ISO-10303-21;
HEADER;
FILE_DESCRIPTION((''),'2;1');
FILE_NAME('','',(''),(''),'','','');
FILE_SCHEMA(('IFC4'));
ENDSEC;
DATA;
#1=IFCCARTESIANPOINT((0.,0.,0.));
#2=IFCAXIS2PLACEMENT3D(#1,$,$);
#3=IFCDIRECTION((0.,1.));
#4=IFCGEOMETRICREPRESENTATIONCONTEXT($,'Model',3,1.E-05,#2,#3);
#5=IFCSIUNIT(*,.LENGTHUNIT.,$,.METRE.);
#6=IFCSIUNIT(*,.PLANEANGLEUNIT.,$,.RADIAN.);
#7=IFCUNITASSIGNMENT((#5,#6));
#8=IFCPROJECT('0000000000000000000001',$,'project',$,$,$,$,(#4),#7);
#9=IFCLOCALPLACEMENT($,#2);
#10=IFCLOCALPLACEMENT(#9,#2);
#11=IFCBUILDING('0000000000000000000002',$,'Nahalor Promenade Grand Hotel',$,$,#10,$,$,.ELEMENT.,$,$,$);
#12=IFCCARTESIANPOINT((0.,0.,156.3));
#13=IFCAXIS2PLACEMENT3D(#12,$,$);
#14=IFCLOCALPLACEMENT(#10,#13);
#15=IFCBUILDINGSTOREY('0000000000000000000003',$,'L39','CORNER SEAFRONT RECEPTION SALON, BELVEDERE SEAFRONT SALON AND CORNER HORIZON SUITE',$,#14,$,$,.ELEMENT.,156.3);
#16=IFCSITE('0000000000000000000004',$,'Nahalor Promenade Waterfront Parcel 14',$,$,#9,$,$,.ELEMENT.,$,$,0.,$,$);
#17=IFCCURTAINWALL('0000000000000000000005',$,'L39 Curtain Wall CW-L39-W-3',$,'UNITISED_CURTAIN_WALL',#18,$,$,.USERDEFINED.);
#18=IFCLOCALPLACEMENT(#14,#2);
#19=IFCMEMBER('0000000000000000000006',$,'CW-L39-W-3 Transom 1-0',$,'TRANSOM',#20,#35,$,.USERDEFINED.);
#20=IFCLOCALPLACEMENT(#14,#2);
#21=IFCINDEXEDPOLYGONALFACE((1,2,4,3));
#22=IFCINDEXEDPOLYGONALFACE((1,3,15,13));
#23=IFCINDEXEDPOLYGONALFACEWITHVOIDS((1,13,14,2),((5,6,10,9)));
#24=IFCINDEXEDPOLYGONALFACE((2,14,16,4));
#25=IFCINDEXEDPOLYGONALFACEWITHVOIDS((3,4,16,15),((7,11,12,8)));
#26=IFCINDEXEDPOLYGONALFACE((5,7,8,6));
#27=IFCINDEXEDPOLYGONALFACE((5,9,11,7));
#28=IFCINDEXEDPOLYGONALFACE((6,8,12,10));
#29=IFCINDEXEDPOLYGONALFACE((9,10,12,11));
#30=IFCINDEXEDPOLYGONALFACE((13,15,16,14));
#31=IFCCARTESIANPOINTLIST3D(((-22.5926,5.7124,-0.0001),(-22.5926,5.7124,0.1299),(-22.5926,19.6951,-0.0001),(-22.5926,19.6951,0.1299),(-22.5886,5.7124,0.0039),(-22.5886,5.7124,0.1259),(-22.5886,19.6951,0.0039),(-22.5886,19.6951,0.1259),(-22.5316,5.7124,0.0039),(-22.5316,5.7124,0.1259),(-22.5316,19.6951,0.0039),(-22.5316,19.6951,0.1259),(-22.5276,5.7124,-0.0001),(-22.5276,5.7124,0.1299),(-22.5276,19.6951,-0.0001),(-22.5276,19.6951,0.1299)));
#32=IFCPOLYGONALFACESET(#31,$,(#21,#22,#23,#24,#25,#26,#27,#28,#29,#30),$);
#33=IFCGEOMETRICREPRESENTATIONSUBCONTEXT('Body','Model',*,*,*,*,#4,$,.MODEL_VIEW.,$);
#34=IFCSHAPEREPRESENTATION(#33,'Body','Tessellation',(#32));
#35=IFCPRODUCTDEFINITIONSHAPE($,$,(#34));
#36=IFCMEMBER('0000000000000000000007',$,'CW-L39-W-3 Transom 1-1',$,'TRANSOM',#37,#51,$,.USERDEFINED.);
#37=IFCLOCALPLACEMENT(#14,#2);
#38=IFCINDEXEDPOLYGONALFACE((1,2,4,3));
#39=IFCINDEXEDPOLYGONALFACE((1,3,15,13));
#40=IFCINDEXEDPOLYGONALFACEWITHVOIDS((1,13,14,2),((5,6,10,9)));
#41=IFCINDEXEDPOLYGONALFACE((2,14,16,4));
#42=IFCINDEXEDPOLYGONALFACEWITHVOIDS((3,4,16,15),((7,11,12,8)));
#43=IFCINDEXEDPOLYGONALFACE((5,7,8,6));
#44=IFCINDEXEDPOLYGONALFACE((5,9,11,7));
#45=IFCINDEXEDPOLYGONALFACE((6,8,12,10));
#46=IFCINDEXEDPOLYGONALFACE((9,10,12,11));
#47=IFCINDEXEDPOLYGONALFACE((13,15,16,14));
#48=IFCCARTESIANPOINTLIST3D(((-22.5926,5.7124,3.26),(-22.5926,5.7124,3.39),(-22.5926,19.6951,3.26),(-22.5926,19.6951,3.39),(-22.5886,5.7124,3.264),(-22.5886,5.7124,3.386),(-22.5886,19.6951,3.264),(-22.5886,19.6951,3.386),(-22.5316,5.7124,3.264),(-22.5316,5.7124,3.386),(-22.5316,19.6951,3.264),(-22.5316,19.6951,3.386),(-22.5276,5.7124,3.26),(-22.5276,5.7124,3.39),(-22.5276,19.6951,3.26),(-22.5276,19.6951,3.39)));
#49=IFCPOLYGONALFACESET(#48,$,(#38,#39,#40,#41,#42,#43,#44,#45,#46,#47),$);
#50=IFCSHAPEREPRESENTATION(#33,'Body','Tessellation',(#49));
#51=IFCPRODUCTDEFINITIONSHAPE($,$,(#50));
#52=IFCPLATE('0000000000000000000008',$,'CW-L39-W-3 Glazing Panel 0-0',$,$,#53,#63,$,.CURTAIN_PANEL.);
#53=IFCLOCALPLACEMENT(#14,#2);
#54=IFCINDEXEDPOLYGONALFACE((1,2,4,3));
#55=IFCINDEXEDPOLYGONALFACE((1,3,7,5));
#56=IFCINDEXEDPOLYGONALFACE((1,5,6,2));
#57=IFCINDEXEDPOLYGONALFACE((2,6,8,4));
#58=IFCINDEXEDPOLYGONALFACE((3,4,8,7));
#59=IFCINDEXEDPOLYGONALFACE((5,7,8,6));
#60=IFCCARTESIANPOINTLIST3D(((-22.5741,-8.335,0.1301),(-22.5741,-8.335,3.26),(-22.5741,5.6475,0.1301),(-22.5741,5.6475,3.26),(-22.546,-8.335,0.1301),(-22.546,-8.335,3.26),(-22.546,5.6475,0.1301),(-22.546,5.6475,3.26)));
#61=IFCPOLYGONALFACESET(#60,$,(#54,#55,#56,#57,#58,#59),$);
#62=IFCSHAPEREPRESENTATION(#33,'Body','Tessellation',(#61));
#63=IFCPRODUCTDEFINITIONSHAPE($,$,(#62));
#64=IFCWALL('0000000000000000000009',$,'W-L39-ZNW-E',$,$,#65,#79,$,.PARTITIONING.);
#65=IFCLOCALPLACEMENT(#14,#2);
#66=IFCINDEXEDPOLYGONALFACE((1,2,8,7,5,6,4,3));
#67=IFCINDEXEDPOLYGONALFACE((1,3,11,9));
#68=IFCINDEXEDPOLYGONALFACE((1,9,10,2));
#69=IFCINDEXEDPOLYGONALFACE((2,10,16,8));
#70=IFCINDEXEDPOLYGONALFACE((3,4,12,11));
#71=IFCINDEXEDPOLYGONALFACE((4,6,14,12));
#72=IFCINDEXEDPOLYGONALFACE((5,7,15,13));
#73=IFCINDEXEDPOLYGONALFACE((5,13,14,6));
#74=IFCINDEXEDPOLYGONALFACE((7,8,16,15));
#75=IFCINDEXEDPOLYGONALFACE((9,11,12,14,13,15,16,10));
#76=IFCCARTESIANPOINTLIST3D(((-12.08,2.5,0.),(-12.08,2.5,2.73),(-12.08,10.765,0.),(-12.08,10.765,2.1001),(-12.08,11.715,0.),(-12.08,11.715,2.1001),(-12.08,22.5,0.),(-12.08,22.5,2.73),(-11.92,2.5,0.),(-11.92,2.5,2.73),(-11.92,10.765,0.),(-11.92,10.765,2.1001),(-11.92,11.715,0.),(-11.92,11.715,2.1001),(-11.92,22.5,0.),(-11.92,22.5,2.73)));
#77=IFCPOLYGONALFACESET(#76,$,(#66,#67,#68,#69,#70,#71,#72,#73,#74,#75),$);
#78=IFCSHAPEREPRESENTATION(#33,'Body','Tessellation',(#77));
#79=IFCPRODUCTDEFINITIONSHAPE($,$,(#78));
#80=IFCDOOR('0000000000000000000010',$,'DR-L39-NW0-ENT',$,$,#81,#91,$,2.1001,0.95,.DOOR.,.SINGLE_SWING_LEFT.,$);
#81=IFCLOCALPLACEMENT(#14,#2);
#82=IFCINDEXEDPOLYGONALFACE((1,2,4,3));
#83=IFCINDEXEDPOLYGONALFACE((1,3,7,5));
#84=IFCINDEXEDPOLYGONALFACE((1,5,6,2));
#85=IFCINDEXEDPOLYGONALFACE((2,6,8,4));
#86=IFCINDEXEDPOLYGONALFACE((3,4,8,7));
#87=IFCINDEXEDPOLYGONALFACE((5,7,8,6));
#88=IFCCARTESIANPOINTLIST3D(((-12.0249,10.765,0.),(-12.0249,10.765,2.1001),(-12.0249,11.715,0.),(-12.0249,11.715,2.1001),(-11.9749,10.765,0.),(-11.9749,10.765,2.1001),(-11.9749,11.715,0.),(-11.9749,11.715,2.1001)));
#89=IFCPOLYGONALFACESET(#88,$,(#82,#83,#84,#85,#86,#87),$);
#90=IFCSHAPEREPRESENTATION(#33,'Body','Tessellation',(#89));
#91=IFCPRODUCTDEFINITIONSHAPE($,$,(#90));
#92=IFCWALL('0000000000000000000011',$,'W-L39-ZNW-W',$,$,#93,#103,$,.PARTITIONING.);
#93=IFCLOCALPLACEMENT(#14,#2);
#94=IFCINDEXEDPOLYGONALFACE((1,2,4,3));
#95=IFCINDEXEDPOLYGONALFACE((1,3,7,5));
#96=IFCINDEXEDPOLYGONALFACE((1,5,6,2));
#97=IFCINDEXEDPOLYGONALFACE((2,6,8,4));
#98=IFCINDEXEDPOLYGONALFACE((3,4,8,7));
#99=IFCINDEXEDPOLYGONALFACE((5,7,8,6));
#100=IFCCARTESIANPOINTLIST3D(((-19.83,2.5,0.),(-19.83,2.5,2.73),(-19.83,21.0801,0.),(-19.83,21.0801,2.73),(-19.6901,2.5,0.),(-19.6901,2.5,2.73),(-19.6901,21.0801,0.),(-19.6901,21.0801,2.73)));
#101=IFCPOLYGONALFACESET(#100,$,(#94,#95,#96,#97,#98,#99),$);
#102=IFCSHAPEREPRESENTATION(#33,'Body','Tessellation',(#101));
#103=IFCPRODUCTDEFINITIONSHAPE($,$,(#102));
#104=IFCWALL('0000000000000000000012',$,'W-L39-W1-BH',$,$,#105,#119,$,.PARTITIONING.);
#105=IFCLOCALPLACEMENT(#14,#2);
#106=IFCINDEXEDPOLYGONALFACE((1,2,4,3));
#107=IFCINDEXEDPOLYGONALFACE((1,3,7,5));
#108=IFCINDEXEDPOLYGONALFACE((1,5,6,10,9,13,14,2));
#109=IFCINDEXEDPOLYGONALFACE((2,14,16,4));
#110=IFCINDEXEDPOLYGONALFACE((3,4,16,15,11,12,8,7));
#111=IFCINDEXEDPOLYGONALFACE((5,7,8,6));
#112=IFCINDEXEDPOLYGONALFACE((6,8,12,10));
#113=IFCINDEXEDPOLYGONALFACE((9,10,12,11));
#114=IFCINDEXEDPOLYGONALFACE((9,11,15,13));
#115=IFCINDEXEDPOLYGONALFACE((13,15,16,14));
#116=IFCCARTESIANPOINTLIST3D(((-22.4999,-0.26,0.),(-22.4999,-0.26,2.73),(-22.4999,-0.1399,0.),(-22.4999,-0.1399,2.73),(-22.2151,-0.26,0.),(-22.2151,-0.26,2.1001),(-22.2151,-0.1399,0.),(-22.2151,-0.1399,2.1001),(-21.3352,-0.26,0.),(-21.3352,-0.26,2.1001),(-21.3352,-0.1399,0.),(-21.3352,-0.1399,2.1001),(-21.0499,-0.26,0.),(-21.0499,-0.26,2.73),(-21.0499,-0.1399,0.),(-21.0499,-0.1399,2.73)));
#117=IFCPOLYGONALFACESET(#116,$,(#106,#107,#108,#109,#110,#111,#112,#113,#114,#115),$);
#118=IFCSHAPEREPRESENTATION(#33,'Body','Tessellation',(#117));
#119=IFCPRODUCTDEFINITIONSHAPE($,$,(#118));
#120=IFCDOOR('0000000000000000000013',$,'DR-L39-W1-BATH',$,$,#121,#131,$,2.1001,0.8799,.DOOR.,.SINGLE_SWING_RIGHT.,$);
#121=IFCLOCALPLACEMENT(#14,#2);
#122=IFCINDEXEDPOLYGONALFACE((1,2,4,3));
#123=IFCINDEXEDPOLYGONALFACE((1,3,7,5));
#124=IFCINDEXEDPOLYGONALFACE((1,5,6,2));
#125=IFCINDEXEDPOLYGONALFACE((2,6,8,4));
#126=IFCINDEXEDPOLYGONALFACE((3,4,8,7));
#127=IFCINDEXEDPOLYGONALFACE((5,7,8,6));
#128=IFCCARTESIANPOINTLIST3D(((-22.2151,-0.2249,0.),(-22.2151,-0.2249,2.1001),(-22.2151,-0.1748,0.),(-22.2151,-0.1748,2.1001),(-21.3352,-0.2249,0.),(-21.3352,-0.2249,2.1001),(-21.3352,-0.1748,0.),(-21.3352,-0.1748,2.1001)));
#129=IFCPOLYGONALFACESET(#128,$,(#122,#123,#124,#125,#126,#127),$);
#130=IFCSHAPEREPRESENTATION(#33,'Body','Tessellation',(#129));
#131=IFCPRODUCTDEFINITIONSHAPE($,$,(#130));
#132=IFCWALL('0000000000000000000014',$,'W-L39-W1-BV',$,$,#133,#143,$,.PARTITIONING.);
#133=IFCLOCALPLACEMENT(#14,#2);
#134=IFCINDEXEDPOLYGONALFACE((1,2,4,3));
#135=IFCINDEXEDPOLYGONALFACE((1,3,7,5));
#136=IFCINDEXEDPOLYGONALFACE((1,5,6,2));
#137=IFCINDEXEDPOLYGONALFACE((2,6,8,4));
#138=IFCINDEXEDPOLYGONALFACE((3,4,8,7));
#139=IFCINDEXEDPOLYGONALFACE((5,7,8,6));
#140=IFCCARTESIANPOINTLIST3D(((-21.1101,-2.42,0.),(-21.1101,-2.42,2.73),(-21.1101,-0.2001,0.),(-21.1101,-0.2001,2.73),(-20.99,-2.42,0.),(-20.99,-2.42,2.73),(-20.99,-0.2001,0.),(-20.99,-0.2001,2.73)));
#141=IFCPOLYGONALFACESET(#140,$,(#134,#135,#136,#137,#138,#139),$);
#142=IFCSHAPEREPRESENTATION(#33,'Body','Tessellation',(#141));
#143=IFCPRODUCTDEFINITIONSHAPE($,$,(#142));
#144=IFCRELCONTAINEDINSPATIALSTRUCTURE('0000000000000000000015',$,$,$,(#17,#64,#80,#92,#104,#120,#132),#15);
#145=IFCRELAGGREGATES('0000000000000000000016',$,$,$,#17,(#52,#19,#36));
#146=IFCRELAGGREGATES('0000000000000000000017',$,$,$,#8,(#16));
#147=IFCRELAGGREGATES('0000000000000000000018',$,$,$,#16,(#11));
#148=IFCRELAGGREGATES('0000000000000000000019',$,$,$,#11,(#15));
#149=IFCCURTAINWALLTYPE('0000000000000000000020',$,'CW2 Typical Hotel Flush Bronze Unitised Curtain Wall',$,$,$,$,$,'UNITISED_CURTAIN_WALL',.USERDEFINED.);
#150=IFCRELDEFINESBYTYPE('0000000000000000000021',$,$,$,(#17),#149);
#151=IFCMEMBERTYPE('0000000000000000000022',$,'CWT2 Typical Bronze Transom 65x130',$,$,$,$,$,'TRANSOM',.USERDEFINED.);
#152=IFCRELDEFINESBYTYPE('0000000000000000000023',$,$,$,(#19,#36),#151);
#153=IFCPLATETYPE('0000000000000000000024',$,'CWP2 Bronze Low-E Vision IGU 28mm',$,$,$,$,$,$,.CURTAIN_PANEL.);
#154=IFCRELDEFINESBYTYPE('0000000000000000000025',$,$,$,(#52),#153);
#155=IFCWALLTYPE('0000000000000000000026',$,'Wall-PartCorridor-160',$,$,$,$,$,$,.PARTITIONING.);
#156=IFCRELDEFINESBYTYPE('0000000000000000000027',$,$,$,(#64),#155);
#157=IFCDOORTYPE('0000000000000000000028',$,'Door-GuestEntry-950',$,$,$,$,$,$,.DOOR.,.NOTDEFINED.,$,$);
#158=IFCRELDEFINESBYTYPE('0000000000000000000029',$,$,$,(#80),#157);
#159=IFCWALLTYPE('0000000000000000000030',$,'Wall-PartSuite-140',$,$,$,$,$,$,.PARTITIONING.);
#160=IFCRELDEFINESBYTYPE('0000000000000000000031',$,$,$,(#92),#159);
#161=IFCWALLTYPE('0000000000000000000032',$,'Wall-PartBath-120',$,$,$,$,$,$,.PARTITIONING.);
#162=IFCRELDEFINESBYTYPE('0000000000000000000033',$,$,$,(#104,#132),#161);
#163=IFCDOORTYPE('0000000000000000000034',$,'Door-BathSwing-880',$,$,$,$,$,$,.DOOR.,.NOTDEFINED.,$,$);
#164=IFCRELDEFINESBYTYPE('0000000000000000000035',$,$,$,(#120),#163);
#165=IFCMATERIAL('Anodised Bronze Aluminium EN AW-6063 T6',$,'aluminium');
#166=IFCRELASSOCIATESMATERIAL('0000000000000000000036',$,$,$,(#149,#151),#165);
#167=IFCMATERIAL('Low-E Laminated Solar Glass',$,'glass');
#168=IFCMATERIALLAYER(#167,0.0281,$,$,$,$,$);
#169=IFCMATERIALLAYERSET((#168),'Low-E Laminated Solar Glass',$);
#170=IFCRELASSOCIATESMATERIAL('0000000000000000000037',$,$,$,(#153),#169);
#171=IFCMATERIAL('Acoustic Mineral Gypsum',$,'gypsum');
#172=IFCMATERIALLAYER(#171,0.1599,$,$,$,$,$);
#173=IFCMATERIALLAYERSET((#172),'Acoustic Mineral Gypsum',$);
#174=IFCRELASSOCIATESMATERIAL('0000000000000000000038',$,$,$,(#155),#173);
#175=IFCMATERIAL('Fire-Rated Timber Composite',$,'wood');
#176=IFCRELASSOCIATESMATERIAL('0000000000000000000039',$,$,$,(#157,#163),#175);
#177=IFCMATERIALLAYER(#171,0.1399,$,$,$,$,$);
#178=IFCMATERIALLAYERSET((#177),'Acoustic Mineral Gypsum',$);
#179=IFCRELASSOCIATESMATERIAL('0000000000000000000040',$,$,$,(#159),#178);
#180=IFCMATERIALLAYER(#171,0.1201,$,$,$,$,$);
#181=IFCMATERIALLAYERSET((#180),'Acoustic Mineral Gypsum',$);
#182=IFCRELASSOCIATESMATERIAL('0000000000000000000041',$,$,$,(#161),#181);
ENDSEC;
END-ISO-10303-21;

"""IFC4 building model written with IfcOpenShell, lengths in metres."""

from ifc_helpers import new_model, si_unit, direction, frame, frame_2d, origin, origin_2d, place, context, subcontext, project, spatial, rectangle, hollow_rectangle, extrude, source, transform, mapped, material, layer, layer_set, material_profile, profile_set, type_object, element, fill, aggregate, save


model = new_model("IFC4")

# Units and contexts
model_context = context("Model", 3, precision=1e-05, world=origin(), true_north=direction((0.0, 1.0)))
body_context = subcontext(model_context, "Body", "Model", "MODEL_VIEW")
ifc_project = project(units=[si_unit("LENGTHUNIT", "METRE"), si_unit("PLANEANGLEUNIT", "RADIAN")], contexts=[model_context])

# Site, building, storey
site_placement = place(None, origin())
site = spatial("IfcSite", under=ifc_project, at=site_placement, Name="Nahalor Promenade Waterfront Parcel 14", CompositionType="ELEMENT", RefElevation=0.0)
building_placement = place(site_placement, origin())
building = spatial("IfcBuilding", under=site, at=building_placement, Name="Nahalor Promenade Grand Hotel", CompositionType="ELEMENT")
storey_placement = place(building_placement, frame((0.0, 0.0, 156.3)))
storey = spatial("IfcBuildingStorey", under=building, at=storey_placement, Name="L39", Description="CORNER SEAFRONT RECEPTION SALON, BELVEDERE SEAFRONT SALON AND CORNER HORIZON SUITE", CompositionType="ELEMENT", Elevation=156.3)

# Curtain wall, members, plate
ifc_material_1 = material(Name="Anodised Bronze Aluminium EN AW-6063 T6", Category="aluminium")
curtain_wall_type = type_object("IfcCurtainWallType", Name="CW2 Typical Hotel Flush Bronze Unitised Curtain Wall", ElementType="UNITISED_CURTAIN_WALL", PredefinedType="USERDEFINED", material=ifc_material_1)
curtain_wall_placement = place(storey_placement, origin())
curtain_wall = element("IfcCurtainWall", 1, at=curtain_wall_placement, inside=storey, type_object=curtain_wall_type, Name="L39 Curtain Wall CW-L39-W-3", ObjectType="UNITISED_CURTAIN_WALL", PredefinedType="USERDEFINED")
ifc_material_profile_1 = material_profile(ifc_material_1, hollow_rectangle(XDim=0.065, YDim=0.13, WallThickness=0.004, at=origin_2d()), Name="CWT 65x130x4")
ifc_profile_set_1 = profile_set([ifc_material_profile_1], Name="Anodised Bronze Aluminium EN AW-6063 T6")
member_type_1 = type_object("IfcMemberType", Name="CWT2 Typical Bronze Transom 65x130", ElementType="TRANSOM", PredefinedType="USERDEFINED", material=ifc_profile_set_1)
shared_shape_1 = source(origin(), body_context, "Body", "SweptSolid", [
    extrude(hollow_rectangle(XDim=0.065, YDim=0.13, WallThickness=0.004, at=origin_2d()), origin(), (0.0, 0.0, 1.0), 13.9827),
])
member_1_placement = place(storey_placement, frame((-22.5601, 5.7124, 0.0649), z_axis=(0.0, 1.0, 0.0), x_axis=(-1.0, 0.0, 0.0)))
member_1 = element("IfcMember", 2, at=member_1_placement, type_object=member_type_1, Name="CW-L39-W-3 Transom 1-0", ObjectType="TRANSOM", PredefinedType="USERDEFINED", context=body_context, shape_type="MappedRepresentation", body=[
    mapped(shared_shape_1, transform((0.0, 0.0, 0.0), scale=1.0)),
])
member_2_placement = place(storey_placement, frame((-22.5601, 5.7124, 3.325), z_axis=(0.0, 1.0, 0.0), x_axis=(-1.0, 0.0, 0.0)))
member_2 = element("IfcMember", 3, at=member_2_placement, type_object=member_type_1, Name="CW-L39-W-3 Transom 1-1", ObjectType="TRANSOM", PredefinedType="USERDEFINED", context=body_context, shape_type="MappedRepresentation", body=[
    mapped(shared_shape_1, transform((0.0, 0.0, 0.0), scale=1.0)),
])
ifc_material_2 = material(Name="Low-E Laminated Solar Glass", Category="glass")
ifc_layer_1 = layer(ifc_material_2, 0.0281)
ifc_layer_set_1 = layer_set([ifc_layer_1], Name="Low-E Laminated Solar Glass")
plate_type = type_object("IfcPlateType", Name="CWP2 Bronze Low-E Vision IGU 28mm", PredefinedType="CURTAIN_PANEL", material=ifc_layer_set_1)
shared_shape_2 = source(origin(), body_context, "Body", "SweptSolid", [
    extrude(rectangle(XDim=13.9824, YDim=0.0281, at=origin_2d()), origin(), (0.0, 0.0, 1.0), 3.1299),
])
plate_placement = place(storey_placement, frame((-22.5601, -1.3438, 0.1301), z_axis=(0.0, 0.0, 1.0), x_axis=(0.0, 1.0, 0.0)))
plate = element("IfcPlate", 4, at=plate_placement, type_object=plate_type, Name="CW-L39-W-3 Glazing Panel 0-0", PredefinedType="CURTAIN_PANEL", context=body_context, shape_type="MappedRepresentation", body=[
    mapped(shared_shape_2, transform((0.0, 0.0, 0.0), scale=1.0)),
])
aggregate(curtain_wall, [plate, member_1, member_2])

# Wall, opening, door
ifc_material_3 = material(Name="Acoustic Mineral Gypsum", Category="gypsum")
ifc_layer_2 = layer(ifc_material_3, 0.1599)
ifc_layer_set_2 = layer_set([ifc_layer_2], Name="Acoustic Mineral Gypsum")
wall_type_1 = type_object("IfcWallType", Name="Wall-PartCorridor-160", PredefinedType="PARTITIONING", material=ifc_layer_set_2)
shared_shape_3 = source(origin(), body_context, "Body", "SweptSolid", [
    extrude(rectangle(XDim=20.0, YDim=0.1599, at=frame_2d((10.0, 0.0))), origin(), (0.0, 0.0, 1.0), 2.73),
])
wall_1_placement = place(storey_placement, frame((-12.0, 2.5, 0.0), z_axis=(0.0, 0.0, 1.0), x_axis=(0.0, 1.0, 0.0)))
wall_1 = element("IfcWall", 5, at=wall_1_placement, inside=storey, type_object=wall_type_1, Name="W-L39-ZNW-E", PredefinedType="PARTITIONING", context=body_context, shape_type="MappedRepresentation", body=[
    mapped(shared_shape_3, transform((0.0, 0.0, 0.0), scale=1.0)),
])
opening_1_placement = place(wall_1_placement, frame((8.2649, 0.0, 0.0)))
opening_1 = element("IfcOpeningElement", 6, at=opening_1_placement, cuts=wall_1, PredefinedType="OPENING", context=body_context, shape_type="SweptSolid", body=[
    extrude(rectangle(XDim=0.95, YDim=2.1001, at=frame_2d((0.4751, 1.05))), frame((0.0, 0.0898, 0.0), z_axis=(0.0, -1.0, 0.0), x_axis=(1.0, 0.0, 0.0)), (0.0, 0.0, 1.0), 0.1799),
])
ifc_material_4 = material(Name="Fire-Rated Timber Composite", Category="wood")
door_type_1 = type_object("IfcDoorType", Name="Door-GuestEntry-950", OperationType="NOTDEFINED", PredefinedType="DOOR", material=ifc_material_4)
shared_shape_4 = source(origin(), body_context, "Body", "SweptSolid", [
    extrude(rectangle(XDim=0.95, YDim=2.1001, at=frame_2d((0.4751, 1.05))), frame((0.0, 0.0249, 0.0), z_axis=(0.0, -1.0, 0.0), x_axis=(1.0, 0.0, 0.0)), (0.0, 0.0, 1.0), 0.05),
])
door_1_placement = place(opening_1_placement, origin())
door_1 = element("IfcDoor", 7, at=door_1_placement, inside=storey, type_object=door_type_1, Name="DR-L39-NW0-ENT", OperationType="SINGLE_SWING_LEFT", OverallHeight=2.1001, OverallWidth=0.95, PredefinedType="DOOR", context=body_context, shape_type="MappedRepresentation", body=[
    mapped(shared_shape_4, transform((0.0, 0.0, 0.0), scale=1.0)),
])
fill(opening_1, door_1)

# Wall
ifc_layer_3 = layer(ifc_material_3, 0.1399)
ifc_layer_set_3 = layer_set([ifc_layer_3], Name="Acoustic Mineral Gypsum")
wall_type_2 = type_object("IfcWallType", Name="Wall-PartSuite-140", PredefinedType="PARTITIONING", material=ifc_layer_set_3)
shared_shape_5 = source(origin(), body_context, "Body", "SweptSolid", [
    extrude(rectangle(XDim=18.5801, YDim=0.1399, at=frame_2d((9.29, 0.0))), origin(), (0.0, 0.0, 1.0), 2.73),
])
wall_2_placement = place(storey_placement, frame((-19.76, 2.5, 0.0), z_axis=(0.0, 0.0, 1.0), x_axis=(0.0, 1.0, 0.0)))
element("IfcWall", 8, at=wall_2_placement, inside=storey, type_object=wall_type_2, Name="W-L39-ZNW-W", PredefinedType="PARTITIONING", context=body_context, shape_type="MappedRepresentation", body=[
    mapped(shared_shape_5, transform((0.0, 0.0, 0.0), scale=1.0)),
])

# Wall, opening, door
ifc_layer_4 = layer(ifc_material_3, 0.1201)
ifc_layer_set_4 = layer_set([ifc_layer_4], Name="Acoustic Mineral Gypsum")
wall_type_3 = type_object("IfcWallType", Name="Wall-PartBath-120", PredefinedType="PARTITIONING", material=ifc_layer_set_4)
shared_shape_6 = source(origin(), body_context, "Body", "SweptSolid", [
    extrude(rectangle(XDim=1.45, YDim=0.1201, at=frame_2d((0.7251, 0.0))), origin(), (0.0, 0.0, 1.0), 2.73),
])
wall_3_placement = place(storey_placement, frame((-22.5, -0.2, 0.0), z_axis=(0.0, 0.0, 1.0), x_axis=(1.0, 0.0, 0.0)))
wall_3 = element("IfcWall", 9, at=wall_3_placement, inside=storey, type_object=wall_type_3, Name="W-L39-W1-BH", PredefinedType="PARTITIONING", context=body_context, shape_type="MappedRepresentation", body=[
    mapped(shared_shape_6, transform((0.0, 0.0, 0.0), scale=1.0)),
])
opening_2_placement = place(wall_3_placement, frame((0.2849, 0.0, 0.0)))
opening_2 = element("IfcOpeningElement", 10, at=opening_2_placement, cuts=wall_3, PredefinedType="OPENING", context=body_context, shape_type="SweptSolid", body=[
    extrude(rectangle(XDim=0.8799, YDim=2.1001, at=frame_2d((0.4399, 1.05))), frame((0.0, 0.0701, 0.0), z_axis=(0.0, -1.0, 0.0), x_axis=(1.0, 0.0, 0.0)), (0.0, 0.0, 1.0), 0.1401),
])
door_type_2 = type_object("IfcDoorType", Name="Door-BathSwing-880", OperationType="NOTDEFINED", PredefinedType="DOOR", material=ifc_material_4)
shared_shape_7 = source(origin(), body_context, "Body", "SweptSolid", [
    extrude(rectangle(XDim=0.8799, YDim=2.1001, at=frame_2d((0.4399, 1.05))), frame((0.0, 0.0249, 0.0), z_axis=(0.0, -1.0, 0.0), x_axis=(1.0, 0.0, 0.0)), (0.0, 0.0, 1.0), 0.05),
])
door_2_placement = place(opening_2_placement, frame((0.8799, 0.0, 0.0), z_axis=(0.0, 0.0, 1.0), x_axis=(-1.0, 0.0, 0.0)))
door_2 = element("IfcDoor", 11, at=door_2_placement, inside=storey, type_object=door_type_2, Name="DR-L39-W1-BATH", OperationType="SINGLE_SWING_RIGHT", OverallHeight=2.1001, OverallWidth=0.8799, PredefinedType="DOOR", context=body_context, shape_type="MappedRepresentation", body=[
    mapped(shared_shape_7, transform((0.0, 0.0, 0.0), scale=1.0)),
])
fill(opening_2, door_2)

# Wall
shared_shape_8 = source(origin(), body_context, "Body", "SweptSolid", [
    extrude(rectangle(XDim=2.22, YDim=0.1201, at=frame_2d((1.1099, 0.0))), origin(), (0.0, 0.0, 1.0), 2.73),
])
wall_4_placement = place(storey_placement, frame((-21.05, -2.4199, 0.0), z_axis=(0.0, 0.0, 1.0), x_axis=(0.0, 1.0, 0.0)))
element("IfcWall", 12, at=wall_4_placement, inside=storey, type_object=wall_type_3, Name="W-L39-W1-BV", PredefinedType="PARTITIONING", context=body_context, shape_type="MappedRepresentation", body=[
    mapped(shared_shape_8, transform((0.0, 0.0, 0.0), scale=1.0)),
])

save(model, "model.ifc")
